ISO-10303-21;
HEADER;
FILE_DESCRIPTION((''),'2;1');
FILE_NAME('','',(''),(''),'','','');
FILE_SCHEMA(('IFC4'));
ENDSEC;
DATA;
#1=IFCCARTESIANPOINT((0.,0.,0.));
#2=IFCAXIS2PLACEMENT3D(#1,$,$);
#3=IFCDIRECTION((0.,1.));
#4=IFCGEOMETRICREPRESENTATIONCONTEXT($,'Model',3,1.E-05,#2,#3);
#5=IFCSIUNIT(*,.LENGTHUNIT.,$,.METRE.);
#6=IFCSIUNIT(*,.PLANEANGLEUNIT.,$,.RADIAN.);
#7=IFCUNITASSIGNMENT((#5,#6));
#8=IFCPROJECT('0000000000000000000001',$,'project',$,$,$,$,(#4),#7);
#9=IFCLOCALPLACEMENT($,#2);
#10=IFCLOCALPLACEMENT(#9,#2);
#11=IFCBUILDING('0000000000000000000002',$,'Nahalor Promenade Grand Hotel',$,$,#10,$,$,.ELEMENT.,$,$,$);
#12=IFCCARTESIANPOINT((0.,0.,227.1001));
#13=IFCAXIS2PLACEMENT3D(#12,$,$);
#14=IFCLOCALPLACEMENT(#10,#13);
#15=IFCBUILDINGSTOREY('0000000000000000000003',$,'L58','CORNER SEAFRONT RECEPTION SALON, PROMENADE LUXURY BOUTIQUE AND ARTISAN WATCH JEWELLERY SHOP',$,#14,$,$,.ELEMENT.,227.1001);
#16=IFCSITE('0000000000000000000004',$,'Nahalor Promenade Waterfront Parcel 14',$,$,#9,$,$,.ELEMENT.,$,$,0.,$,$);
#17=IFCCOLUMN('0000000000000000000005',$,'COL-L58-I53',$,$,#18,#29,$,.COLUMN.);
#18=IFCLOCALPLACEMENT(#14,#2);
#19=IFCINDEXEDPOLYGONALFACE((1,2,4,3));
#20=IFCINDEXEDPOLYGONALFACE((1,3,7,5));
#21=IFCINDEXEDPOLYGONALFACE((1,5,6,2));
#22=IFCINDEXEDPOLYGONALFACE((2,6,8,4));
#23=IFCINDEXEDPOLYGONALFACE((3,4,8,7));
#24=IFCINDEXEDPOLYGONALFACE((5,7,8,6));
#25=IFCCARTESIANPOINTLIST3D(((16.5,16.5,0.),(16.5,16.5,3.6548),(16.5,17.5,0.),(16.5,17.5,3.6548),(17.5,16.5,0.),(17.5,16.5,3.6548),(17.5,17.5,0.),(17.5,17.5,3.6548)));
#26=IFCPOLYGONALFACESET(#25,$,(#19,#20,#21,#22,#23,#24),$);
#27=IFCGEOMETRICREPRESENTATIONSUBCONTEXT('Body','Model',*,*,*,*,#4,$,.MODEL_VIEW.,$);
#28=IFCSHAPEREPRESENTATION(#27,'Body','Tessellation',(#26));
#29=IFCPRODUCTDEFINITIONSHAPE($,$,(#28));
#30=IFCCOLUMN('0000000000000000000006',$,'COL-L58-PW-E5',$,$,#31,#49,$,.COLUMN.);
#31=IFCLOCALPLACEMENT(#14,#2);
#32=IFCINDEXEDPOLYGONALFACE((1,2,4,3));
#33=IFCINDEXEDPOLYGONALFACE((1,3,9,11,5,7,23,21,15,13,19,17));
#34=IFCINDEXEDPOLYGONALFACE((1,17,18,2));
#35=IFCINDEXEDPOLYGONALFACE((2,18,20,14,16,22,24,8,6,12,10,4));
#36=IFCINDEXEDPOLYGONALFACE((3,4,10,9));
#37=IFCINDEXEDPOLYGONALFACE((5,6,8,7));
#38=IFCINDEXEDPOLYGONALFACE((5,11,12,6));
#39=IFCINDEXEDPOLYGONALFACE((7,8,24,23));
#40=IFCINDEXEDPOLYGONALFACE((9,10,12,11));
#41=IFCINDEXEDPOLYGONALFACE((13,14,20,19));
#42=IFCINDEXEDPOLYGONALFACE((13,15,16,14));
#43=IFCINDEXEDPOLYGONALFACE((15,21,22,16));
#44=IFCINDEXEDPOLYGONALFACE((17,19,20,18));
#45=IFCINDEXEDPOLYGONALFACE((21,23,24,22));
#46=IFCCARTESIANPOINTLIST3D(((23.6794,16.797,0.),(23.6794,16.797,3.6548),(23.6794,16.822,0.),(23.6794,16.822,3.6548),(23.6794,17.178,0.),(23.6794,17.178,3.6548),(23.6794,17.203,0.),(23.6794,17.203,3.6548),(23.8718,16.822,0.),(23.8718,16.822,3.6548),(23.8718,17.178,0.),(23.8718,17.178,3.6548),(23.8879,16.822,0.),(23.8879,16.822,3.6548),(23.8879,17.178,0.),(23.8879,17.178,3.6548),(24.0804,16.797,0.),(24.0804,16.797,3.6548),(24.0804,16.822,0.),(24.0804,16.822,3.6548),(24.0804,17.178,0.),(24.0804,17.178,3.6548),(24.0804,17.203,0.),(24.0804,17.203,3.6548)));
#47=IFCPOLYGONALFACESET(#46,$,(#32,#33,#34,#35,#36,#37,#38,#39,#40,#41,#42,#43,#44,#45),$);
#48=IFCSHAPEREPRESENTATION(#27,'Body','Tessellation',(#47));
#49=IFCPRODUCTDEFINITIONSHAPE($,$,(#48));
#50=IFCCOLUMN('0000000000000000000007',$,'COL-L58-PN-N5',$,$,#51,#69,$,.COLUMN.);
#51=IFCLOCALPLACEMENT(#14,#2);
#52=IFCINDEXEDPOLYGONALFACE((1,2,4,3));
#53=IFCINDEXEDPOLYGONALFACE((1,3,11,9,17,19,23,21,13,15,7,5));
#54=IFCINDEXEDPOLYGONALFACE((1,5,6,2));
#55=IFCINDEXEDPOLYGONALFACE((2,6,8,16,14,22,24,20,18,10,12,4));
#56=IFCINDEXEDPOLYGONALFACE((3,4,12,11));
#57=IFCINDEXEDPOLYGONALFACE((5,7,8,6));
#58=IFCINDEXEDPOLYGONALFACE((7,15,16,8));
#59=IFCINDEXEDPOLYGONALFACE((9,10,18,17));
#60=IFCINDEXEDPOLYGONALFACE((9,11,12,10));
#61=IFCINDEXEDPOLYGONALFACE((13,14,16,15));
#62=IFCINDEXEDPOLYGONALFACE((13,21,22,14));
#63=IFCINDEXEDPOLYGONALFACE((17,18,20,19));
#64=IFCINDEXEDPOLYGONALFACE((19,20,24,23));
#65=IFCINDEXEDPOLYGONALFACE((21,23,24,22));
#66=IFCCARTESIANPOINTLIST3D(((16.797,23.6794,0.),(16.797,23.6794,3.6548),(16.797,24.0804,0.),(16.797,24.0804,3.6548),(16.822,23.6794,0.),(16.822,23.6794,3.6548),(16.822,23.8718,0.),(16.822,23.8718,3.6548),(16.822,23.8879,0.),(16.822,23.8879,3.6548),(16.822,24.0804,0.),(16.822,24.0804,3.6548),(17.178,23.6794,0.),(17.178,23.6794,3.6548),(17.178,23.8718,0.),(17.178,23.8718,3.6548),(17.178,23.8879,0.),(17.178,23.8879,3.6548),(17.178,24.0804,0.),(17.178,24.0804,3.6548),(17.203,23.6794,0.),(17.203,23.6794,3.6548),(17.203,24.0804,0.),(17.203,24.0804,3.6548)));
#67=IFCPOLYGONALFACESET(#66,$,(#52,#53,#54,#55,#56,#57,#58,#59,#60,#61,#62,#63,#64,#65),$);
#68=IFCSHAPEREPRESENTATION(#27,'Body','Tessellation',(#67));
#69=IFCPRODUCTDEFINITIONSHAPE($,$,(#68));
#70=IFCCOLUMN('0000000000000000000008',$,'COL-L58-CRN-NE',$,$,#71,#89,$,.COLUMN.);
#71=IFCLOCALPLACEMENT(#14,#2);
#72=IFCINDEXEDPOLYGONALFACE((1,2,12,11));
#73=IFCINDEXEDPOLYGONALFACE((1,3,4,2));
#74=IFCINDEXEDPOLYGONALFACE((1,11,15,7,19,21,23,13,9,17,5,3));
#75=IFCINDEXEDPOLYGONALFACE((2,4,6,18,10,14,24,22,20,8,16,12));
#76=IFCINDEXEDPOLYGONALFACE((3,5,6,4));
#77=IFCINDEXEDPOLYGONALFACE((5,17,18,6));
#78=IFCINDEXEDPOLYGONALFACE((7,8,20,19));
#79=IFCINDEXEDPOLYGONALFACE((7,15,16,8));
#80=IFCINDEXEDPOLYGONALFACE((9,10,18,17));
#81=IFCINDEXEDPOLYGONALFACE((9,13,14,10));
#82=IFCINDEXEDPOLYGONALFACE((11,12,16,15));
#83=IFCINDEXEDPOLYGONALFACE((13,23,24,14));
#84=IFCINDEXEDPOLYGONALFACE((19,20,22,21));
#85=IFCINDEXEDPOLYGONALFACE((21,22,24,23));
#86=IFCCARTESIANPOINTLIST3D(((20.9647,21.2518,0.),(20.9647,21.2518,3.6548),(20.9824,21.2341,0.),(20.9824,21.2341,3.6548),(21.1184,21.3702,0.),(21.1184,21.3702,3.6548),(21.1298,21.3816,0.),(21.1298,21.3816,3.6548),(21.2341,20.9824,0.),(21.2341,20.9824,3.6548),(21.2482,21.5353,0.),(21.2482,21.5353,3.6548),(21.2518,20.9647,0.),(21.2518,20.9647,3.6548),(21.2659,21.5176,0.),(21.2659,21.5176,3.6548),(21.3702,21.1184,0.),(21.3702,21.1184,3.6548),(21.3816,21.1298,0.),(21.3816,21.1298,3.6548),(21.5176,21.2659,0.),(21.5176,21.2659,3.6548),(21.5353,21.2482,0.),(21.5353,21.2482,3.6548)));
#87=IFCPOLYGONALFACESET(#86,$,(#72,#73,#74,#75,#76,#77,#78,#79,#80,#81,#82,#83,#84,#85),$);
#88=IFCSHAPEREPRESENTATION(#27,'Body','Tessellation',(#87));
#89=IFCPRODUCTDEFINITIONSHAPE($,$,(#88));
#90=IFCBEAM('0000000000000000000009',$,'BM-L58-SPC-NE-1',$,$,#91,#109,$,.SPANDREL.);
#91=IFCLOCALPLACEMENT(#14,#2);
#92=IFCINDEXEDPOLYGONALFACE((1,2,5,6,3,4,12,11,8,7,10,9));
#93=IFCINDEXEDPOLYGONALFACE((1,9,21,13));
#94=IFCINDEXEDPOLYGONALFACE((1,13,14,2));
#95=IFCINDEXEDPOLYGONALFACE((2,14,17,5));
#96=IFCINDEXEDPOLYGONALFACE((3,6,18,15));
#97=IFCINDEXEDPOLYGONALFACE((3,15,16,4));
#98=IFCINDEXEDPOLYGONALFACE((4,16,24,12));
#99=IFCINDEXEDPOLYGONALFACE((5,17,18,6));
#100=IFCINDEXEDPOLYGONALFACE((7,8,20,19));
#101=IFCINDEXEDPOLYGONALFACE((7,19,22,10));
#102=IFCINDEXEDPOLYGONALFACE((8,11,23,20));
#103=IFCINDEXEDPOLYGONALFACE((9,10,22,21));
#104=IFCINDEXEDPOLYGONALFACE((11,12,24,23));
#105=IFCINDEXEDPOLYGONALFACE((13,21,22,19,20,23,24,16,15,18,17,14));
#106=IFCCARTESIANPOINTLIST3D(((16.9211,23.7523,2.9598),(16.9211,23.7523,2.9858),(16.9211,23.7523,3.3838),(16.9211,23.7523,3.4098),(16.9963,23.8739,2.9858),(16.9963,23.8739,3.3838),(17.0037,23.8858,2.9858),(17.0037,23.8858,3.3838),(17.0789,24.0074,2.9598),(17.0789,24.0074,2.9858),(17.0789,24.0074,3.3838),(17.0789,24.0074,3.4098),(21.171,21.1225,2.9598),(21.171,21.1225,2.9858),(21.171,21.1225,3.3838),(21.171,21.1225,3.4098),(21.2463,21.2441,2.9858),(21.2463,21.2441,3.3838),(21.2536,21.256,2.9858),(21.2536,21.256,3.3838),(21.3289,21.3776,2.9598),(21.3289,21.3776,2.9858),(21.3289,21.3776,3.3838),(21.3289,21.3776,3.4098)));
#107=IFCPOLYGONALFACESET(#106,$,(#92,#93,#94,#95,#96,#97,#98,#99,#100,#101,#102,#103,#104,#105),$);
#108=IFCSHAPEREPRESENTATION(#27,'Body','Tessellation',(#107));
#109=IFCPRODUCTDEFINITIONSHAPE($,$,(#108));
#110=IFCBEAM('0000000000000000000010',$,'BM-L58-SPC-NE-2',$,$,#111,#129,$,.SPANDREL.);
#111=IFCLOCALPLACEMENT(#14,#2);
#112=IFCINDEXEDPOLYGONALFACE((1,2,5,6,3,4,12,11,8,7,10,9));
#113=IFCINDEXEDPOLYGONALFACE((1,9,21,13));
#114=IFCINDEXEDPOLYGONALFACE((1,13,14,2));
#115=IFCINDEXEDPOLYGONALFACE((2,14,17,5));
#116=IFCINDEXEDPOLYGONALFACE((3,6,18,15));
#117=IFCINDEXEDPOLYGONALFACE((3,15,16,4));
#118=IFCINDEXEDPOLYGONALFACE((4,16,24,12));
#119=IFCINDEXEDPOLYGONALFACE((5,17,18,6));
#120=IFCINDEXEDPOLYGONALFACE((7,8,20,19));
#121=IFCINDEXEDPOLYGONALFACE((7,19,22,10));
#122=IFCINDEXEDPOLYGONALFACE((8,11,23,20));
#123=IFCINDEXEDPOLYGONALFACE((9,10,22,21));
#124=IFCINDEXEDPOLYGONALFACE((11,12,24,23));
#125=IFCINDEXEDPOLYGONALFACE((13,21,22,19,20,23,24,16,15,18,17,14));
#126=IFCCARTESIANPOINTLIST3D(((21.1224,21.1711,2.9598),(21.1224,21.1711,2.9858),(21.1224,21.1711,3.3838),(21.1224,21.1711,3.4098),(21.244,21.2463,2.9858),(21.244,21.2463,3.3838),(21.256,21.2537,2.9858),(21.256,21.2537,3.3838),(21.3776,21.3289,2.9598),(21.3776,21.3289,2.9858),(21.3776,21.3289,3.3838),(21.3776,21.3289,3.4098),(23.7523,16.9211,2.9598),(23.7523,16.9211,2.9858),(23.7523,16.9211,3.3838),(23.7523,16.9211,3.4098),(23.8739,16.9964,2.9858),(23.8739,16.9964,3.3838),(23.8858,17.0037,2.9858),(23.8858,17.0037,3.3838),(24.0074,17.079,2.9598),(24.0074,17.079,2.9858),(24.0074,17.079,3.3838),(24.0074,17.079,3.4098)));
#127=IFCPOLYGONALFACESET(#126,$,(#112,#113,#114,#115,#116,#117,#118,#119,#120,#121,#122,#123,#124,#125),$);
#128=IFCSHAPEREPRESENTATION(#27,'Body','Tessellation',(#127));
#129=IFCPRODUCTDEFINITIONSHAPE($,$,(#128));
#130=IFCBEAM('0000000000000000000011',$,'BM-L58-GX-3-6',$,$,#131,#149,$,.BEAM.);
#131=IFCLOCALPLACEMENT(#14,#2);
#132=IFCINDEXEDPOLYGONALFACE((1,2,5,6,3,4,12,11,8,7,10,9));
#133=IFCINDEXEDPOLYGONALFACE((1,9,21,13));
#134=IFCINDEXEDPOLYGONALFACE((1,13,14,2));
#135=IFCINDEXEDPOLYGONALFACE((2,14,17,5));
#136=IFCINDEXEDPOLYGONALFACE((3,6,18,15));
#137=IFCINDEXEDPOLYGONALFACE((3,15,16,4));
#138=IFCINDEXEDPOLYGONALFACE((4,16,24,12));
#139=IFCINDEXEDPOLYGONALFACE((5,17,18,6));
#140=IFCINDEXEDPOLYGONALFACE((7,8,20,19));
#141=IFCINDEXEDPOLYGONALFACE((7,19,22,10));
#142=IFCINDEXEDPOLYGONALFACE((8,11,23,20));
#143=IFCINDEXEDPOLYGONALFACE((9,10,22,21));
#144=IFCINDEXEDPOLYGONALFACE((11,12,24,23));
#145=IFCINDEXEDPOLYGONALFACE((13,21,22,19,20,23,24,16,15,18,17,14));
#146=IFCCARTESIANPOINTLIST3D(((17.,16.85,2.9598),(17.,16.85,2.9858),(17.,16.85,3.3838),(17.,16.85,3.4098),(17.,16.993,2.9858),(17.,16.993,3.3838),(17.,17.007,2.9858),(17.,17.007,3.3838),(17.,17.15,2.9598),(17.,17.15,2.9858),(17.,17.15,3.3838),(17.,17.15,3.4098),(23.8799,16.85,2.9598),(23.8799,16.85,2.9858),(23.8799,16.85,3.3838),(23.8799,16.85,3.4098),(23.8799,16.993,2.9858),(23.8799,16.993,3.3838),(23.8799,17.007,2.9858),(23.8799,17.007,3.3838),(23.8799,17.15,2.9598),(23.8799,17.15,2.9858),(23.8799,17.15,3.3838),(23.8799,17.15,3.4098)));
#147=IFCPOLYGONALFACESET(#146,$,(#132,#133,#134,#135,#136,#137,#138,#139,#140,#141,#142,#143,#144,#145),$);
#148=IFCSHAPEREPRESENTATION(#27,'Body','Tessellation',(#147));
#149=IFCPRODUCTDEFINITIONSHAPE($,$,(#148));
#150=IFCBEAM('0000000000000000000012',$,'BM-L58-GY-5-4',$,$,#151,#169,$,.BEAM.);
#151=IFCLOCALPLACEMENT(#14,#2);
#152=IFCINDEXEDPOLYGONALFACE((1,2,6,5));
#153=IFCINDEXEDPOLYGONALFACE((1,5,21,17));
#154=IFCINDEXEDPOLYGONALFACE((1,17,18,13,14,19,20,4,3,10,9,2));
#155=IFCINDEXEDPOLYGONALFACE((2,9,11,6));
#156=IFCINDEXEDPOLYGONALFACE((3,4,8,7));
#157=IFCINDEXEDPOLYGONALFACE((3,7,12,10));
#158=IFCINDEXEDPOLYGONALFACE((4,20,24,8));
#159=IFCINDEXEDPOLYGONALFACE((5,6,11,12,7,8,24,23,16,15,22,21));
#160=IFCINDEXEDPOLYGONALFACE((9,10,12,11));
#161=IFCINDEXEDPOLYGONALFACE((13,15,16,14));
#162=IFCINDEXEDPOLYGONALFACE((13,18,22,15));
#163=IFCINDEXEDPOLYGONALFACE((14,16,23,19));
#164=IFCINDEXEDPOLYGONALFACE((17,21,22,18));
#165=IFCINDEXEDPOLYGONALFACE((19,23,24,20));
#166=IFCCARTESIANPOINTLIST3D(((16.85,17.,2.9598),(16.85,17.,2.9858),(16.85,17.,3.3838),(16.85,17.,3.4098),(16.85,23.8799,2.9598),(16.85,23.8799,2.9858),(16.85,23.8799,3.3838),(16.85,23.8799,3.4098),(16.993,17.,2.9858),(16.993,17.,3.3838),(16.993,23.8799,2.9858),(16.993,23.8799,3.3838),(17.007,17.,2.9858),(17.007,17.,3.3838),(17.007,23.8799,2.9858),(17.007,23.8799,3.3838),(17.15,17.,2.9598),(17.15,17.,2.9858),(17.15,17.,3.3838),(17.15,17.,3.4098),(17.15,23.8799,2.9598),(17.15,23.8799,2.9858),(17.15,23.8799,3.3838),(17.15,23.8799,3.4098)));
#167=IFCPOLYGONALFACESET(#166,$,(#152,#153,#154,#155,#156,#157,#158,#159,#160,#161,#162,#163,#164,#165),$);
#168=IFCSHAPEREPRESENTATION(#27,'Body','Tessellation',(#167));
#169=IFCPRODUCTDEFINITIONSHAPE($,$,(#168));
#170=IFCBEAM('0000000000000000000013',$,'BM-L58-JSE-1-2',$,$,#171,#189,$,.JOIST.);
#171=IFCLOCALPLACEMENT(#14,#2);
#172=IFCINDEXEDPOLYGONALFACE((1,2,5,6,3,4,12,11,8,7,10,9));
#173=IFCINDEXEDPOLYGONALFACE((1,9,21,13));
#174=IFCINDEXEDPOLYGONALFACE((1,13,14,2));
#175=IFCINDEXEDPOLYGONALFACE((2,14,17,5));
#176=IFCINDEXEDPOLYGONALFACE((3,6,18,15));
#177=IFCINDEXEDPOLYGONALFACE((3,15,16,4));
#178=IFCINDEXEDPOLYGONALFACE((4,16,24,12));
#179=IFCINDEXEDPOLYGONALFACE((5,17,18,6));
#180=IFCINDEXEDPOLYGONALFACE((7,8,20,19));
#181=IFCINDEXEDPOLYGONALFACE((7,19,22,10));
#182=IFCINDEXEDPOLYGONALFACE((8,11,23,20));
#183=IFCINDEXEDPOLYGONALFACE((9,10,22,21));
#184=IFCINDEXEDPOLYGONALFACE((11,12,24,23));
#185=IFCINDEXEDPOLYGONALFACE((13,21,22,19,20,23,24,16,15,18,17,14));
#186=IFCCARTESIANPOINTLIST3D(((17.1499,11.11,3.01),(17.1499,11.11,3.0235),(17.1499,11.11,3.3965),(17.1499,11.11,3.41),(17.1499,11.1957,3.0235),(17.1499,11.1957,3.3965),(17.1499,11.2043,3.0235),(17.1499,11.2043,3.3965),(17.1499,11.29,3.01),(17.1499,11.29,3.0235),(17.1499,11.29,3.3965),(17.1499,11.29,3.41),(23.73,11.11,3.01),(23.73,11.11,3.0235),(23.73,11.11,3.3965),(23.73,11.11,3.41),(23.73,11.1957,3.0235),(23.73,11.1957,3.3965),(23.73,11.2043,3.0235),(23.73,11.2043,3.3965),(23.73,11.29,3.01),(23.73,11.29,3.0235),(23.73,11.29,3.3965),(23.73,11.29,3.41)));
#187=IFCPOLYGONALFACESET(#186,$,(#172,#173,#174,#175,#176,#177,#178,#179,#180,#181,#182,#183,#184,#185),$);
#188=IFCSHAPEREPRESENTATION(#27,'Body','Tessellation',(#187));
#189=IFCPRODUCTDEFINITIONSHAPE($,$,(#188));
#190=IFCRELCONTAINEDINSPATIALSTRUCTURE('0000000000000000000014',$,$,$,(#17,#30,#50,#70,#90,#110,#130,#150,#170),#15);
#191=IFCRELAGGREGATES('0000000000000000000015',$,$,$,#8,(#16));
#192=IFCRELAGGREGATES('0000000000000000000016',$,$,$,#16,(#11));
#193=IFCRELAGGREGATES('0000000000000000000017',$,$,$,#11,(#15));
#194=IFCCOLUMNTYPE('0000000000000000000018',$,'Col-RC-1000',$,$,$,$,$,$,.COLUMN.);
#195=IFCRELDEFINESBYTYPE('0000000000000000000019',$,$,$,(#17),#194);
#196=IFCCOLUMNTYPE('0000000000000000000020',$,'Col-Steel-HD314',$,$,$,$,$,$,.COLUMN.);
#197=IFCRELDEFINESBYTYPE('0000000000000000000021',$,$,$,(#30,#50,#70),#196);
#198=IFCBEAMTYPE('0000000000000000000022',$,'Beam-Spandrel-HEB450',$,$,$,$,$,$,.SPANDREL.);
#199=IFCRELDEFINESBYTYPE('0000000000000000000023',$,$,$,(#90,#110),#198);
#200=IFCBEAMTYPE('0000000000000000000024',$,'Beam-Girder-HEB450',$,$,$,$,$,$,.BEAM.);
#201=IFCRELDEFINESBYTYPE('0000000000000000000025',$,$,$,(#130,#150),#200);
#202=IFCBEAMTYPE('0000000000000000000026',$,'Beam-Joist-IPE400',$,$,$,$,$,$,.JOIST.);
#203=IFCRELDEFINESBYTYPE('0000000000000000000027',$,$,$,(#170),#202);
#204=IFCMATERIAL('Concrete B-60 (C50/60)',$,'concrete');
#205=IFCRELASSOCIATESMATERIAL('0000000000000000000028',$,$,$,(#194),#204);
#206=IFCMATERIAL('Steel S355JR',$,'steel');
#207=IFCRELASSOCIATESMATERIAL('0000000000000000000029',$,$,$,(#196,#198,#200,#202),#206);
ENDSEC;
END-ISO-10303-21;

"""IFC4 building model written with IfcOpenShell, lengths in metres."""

from ifc_helpers import new_model, si_unit, direction, frame, origin, origin_2d, place, context, subcontext, project, spatial, rectangle, i_section, extrude, source, transform, mapped, material, material_profile, profile_set, type_object, element, save


model = new_model("IFC4")

# Units and contexts
model_context = context("Model", 3, precision=1e-05, world=origin(), true_north=direction((0.0, 1.0)))
body_context = subcontext(model_context, "Body", "Model", "MODEL_VIEW")
ifc_project = project(units=[si_unit("LENGTHUNIT", "METRE"), si_unit("PLANEANGLEUNIT", "RADIAN")], contexts=[model_context])

# Site, building, storey
site_placement = place(None, origin())
site = spatial("IfcSite", under=ifc_project, at=site_placement, Name="Nahalor Promenade Waterfront Parcel 14", CompositionType="ELEMENT", RefElevation=0.0)
building_placement = place(site_placement, origin())
building = spatial("IfcBuilding", under=site, at=building_placement, Name="Nahalor Promenade Grand Hotel", CompositionType="ELEMENT")
storey_placement = place(building_placement, frame((0.0, 0.0, 227.1001)))
storey = spatial("IfcBuildingStorey", under=building, at=storey_placement, Name="L58", Description="CORNER SEAFRONT RECEPTION SALON, PROMENADE LUXURY BOUTIQUE AND ARTISAN WATCH JEWELLERY SHOP", CompositionType="ELEMENT", Elevation=227.1001)

# Columns
ifc_material_1 = material(Name="Concrete B-60 (C50/60)", Category="concrete")
ifc_material_profile_1 = material_profile(ifc_material_1, rectangle(XDim=1.0, YDim=1.0, at=origin_2d()), Name="RC 1000x1000")
ifc_profile_set_1 = profile_set([ifc_material_profile_1], Name="Concrete B-60 (C50/60)")
column_type_1 = type_object("IfcColumnType", Name="Col-RC-1000", PredefinedType="COLUMN", material=ifc_profile_set_1)
shared_shape_1 = source(origin(), body_context, "Body", "SweptSolid", [
    extrude(rectangle(XDim=1.0, YDim=1.0, at=origin_2d()), origin(), (0.0, 0.0, 1.0), 3.6548),
])
column_placement = place(storey_placement, frame((17.0, 17.0, 0.0), z_axis=(0.0, 0.0, 1.0), x_axis=(1.0, 0.0, 0.0)))
element("IfcColumn", 1, at=column_placement, inside=storey, type_object=column_type_1, Name="COL-L58-I53", PredefinedType="COLUMN", context=body_context, shape_type="MappedRepresentation", body=[
    mapped(shared_shape_1, transform((0.0, 0.0, 0.0), scale=1.0)),
])
ifc_material_2 = material(Name="Steel S355JR", Category="steel")
ifc_material_profile_2 = material_profile(ifc_material_2, i_section(OverallWidth=0.401, OverallDepth=0.406, WebThickness=0.0161, FlangeThickness=0.025, at=origin_2d()), Name="HD 400x314")
ifc_profile_set_2 = profile_set([ifc_material_profile_2], Name="Steel S355JR")
column_type_2 = type_object("IfcColumnType", Name="Col-Steel-HD314", PredefinedType="COLUMN", material=ifc_profile_set_2)
shared_shape_2 = source(origin(), body_context, "Body", "SweptSolid", [
    extrude(i_section(OverallWidth=0.401, OverallDepth=0.406, WebThickness=0.0161, FlangeThickness=0.025, at=origin_2d()), origin(), (0.0, 0.0, 1.0), 3.6548),
])
for number, where, z_axis, x_axis, name in (
    (2, (23.8799, 17.0, 0.0), (0.0, 0.0, 1.0), (1.0, 0.0, 0.0), "COL-L58-PW-E5"),
    (3, (17.0, 23.8799, 0.0), (0.0, 0.0, 1.0), (0.0, 1.0, 0.0), "COL-L58-PN-N5"),
    (4, (21.25, 21.25, 0.0), (0.0, 0.0, 1.0), (0.707107, 0.707107, 0.0), "COL-L58-CRN-NE"),
):
    element("IfcColumn", number, at=place(storey_placement, frame(where, z_axis=z_axis, x_axis=x_axis)), inside=storey, type_object=column_type_2, Name=name, PredefinedType="COLUMN", context=body_context, shape_type="MappedRepresentation", body=[
        mapped(shared_shape_2, transform((0.0, 0.0, 0.0), scale=1.0)),
    ])

# Beams
ifc_material_profile_3 = material_profile(ifc_material_2, i_section(OverallWidth=0.3, OverallDepth=0.45, WebThickness=0.014, FlangeThickness=0.026, at=origin_2d()), Name="HEB 450")
ifc_profile_set_3 = profile_set([ifc_material_profile_3], Name="Steel S355JR")
beam_type_1 = type_object("IfcBeamType", Name="Beam-Spandrel-HEB450", PredefinedType="SPANDREL", material=ifc_profile_set_3)
shared_shape_3 = source(origin(), body_context, "Body", "SweptSolid", [
    extrude(i_section(OverallWidth=0.3, OverallDepth=0.45, WebThickness=0.014, FlangeThickness=0.026, at=origin_2d()), origin(), (0.0, 0.0, 1.0), 4.9978),
])
for number, where, z_axis, x_axis, name in (
    (5, (17.0, 23.8799, 3.1848), (0.850361, -0.5262, 0.0), (0.5262, 0.850361, 0.0), "BM-L58-SPC-NE-1"),
    (6, (21.25, 21.25, 3.1848), (0.5262, -0.850361, 0.0), (0.850361, 0.5262, 0.0), "BM-L58-SPC-NE-2"),
):
    element("IfcBeam", number, at=place(storey_placement, frame(where, z_axis=z_axis, x_axis=x_axis)), inside=storey, type_object=beam_type_1, Name=name, PredefinedType="SPANDREL", context=body_context, shape_type="MappedRepresentation", body=[
        mapped(shared_shape_3, transform((0.0, 0.0, 0.0), scale=1.0)),
    ])
ifc_material_profile_4 = material_profile(ifc_material_2, i_section(OverallWidth=0.3, OverallDepth=0.45, WebThickness=0.014, FlangeThickness=0.026, at=origin_2d()), Name="HEB 450")
ifc_profile_set_4 = profile_set([ifc_material_profile_4], Name="Steel S355JR")
beam_type_2 = type_object("IfcBeamType", Name="Beam-Girder-HEB450", PredefinedType="BEAM", material=ifc_profile_set_4)
shared_shape_4 = source(origin(), body_context, "Body", "SweptSolid", [
    extrude(i_section(OverallWidth=0.3, OverallDepth=0.45, WebThickness=0.014, FlangeThickness=0.026, at=origin_2d()), origin(), (0.0, 0.0, 1.0), 6.8799),
])
for number, where, z_axis, x_axis, name in (
    (7, (17.0, 17.0, 3.1848), (1.0, 0.0, 0.0), (0.0, 1.0, 0.0), "BM-L58-GX-3-6"),
    (8, (17.0, 17.0, 3.1848), (0.0, 1.0, 0.0), (-1.0, 0.0, 0.0), "BM-L58-GY-5-4"),
):
    element("IfcBeam", number, at=place(storey_placement, frame(where, z_axis=z_axis, x_axis=x_axis)), inside=storey, type_object=beam_type_2, Name=name, PredefinedType="BEAM", context=body_context, shape_type="MappedRepresentation", body=[
        mapped(shared_shape_4, transform((0.0, 0.0, 0.0), scale=1.0)),
    ])
ifc_material_profile_5 = material_profile(ifc_material_2, i_section(OverallWidth=0.18, OverallDepth=0.4, WebThickness=0.0086, FlangeThickness=0.0135, at=origin_2d()), Name="IPE 400")
ifc_profile_set_5 = profile_set([ifc_material_profile_5], Name="Steel S355JR")
beam_type_3 = type_object("IfcBeamType", Name="Beam-Joist-IPE400", PredefinedType="JOIST", material=ifc_profile_set_5)
shared_shape_5 = source(origin(), body_context, "Body", "SweptSolid", [
    extrude(i_section(OverallWidth=0.18, OverallDepth=0.4, WebThickness=0.0086, FlangeThickness=0.0135, at=origin_2d()), origin(), (0.0, 0.0, 1.0), 6.5801),
])
beam_placement = place(storey_placement, frame((17.1499, 11.2, 3.21), z_axis=(1.0, 0.0, 0.0), x_axis=(0.0, 1.0, 0.0)))
element("IfcBeam", 9, at=beam_placement, inside=storey, type_object=beam_type_3, Name="BM-L58-JSE-1-2", PredefinedType="JOIST", context=body_context, shape_type="MappedRepresentation", body=[
    mapped(shared_shape_5, transform((0.0, 0.0, 0.0), scale=1.0)),
])

save(model, "model.ifc")
